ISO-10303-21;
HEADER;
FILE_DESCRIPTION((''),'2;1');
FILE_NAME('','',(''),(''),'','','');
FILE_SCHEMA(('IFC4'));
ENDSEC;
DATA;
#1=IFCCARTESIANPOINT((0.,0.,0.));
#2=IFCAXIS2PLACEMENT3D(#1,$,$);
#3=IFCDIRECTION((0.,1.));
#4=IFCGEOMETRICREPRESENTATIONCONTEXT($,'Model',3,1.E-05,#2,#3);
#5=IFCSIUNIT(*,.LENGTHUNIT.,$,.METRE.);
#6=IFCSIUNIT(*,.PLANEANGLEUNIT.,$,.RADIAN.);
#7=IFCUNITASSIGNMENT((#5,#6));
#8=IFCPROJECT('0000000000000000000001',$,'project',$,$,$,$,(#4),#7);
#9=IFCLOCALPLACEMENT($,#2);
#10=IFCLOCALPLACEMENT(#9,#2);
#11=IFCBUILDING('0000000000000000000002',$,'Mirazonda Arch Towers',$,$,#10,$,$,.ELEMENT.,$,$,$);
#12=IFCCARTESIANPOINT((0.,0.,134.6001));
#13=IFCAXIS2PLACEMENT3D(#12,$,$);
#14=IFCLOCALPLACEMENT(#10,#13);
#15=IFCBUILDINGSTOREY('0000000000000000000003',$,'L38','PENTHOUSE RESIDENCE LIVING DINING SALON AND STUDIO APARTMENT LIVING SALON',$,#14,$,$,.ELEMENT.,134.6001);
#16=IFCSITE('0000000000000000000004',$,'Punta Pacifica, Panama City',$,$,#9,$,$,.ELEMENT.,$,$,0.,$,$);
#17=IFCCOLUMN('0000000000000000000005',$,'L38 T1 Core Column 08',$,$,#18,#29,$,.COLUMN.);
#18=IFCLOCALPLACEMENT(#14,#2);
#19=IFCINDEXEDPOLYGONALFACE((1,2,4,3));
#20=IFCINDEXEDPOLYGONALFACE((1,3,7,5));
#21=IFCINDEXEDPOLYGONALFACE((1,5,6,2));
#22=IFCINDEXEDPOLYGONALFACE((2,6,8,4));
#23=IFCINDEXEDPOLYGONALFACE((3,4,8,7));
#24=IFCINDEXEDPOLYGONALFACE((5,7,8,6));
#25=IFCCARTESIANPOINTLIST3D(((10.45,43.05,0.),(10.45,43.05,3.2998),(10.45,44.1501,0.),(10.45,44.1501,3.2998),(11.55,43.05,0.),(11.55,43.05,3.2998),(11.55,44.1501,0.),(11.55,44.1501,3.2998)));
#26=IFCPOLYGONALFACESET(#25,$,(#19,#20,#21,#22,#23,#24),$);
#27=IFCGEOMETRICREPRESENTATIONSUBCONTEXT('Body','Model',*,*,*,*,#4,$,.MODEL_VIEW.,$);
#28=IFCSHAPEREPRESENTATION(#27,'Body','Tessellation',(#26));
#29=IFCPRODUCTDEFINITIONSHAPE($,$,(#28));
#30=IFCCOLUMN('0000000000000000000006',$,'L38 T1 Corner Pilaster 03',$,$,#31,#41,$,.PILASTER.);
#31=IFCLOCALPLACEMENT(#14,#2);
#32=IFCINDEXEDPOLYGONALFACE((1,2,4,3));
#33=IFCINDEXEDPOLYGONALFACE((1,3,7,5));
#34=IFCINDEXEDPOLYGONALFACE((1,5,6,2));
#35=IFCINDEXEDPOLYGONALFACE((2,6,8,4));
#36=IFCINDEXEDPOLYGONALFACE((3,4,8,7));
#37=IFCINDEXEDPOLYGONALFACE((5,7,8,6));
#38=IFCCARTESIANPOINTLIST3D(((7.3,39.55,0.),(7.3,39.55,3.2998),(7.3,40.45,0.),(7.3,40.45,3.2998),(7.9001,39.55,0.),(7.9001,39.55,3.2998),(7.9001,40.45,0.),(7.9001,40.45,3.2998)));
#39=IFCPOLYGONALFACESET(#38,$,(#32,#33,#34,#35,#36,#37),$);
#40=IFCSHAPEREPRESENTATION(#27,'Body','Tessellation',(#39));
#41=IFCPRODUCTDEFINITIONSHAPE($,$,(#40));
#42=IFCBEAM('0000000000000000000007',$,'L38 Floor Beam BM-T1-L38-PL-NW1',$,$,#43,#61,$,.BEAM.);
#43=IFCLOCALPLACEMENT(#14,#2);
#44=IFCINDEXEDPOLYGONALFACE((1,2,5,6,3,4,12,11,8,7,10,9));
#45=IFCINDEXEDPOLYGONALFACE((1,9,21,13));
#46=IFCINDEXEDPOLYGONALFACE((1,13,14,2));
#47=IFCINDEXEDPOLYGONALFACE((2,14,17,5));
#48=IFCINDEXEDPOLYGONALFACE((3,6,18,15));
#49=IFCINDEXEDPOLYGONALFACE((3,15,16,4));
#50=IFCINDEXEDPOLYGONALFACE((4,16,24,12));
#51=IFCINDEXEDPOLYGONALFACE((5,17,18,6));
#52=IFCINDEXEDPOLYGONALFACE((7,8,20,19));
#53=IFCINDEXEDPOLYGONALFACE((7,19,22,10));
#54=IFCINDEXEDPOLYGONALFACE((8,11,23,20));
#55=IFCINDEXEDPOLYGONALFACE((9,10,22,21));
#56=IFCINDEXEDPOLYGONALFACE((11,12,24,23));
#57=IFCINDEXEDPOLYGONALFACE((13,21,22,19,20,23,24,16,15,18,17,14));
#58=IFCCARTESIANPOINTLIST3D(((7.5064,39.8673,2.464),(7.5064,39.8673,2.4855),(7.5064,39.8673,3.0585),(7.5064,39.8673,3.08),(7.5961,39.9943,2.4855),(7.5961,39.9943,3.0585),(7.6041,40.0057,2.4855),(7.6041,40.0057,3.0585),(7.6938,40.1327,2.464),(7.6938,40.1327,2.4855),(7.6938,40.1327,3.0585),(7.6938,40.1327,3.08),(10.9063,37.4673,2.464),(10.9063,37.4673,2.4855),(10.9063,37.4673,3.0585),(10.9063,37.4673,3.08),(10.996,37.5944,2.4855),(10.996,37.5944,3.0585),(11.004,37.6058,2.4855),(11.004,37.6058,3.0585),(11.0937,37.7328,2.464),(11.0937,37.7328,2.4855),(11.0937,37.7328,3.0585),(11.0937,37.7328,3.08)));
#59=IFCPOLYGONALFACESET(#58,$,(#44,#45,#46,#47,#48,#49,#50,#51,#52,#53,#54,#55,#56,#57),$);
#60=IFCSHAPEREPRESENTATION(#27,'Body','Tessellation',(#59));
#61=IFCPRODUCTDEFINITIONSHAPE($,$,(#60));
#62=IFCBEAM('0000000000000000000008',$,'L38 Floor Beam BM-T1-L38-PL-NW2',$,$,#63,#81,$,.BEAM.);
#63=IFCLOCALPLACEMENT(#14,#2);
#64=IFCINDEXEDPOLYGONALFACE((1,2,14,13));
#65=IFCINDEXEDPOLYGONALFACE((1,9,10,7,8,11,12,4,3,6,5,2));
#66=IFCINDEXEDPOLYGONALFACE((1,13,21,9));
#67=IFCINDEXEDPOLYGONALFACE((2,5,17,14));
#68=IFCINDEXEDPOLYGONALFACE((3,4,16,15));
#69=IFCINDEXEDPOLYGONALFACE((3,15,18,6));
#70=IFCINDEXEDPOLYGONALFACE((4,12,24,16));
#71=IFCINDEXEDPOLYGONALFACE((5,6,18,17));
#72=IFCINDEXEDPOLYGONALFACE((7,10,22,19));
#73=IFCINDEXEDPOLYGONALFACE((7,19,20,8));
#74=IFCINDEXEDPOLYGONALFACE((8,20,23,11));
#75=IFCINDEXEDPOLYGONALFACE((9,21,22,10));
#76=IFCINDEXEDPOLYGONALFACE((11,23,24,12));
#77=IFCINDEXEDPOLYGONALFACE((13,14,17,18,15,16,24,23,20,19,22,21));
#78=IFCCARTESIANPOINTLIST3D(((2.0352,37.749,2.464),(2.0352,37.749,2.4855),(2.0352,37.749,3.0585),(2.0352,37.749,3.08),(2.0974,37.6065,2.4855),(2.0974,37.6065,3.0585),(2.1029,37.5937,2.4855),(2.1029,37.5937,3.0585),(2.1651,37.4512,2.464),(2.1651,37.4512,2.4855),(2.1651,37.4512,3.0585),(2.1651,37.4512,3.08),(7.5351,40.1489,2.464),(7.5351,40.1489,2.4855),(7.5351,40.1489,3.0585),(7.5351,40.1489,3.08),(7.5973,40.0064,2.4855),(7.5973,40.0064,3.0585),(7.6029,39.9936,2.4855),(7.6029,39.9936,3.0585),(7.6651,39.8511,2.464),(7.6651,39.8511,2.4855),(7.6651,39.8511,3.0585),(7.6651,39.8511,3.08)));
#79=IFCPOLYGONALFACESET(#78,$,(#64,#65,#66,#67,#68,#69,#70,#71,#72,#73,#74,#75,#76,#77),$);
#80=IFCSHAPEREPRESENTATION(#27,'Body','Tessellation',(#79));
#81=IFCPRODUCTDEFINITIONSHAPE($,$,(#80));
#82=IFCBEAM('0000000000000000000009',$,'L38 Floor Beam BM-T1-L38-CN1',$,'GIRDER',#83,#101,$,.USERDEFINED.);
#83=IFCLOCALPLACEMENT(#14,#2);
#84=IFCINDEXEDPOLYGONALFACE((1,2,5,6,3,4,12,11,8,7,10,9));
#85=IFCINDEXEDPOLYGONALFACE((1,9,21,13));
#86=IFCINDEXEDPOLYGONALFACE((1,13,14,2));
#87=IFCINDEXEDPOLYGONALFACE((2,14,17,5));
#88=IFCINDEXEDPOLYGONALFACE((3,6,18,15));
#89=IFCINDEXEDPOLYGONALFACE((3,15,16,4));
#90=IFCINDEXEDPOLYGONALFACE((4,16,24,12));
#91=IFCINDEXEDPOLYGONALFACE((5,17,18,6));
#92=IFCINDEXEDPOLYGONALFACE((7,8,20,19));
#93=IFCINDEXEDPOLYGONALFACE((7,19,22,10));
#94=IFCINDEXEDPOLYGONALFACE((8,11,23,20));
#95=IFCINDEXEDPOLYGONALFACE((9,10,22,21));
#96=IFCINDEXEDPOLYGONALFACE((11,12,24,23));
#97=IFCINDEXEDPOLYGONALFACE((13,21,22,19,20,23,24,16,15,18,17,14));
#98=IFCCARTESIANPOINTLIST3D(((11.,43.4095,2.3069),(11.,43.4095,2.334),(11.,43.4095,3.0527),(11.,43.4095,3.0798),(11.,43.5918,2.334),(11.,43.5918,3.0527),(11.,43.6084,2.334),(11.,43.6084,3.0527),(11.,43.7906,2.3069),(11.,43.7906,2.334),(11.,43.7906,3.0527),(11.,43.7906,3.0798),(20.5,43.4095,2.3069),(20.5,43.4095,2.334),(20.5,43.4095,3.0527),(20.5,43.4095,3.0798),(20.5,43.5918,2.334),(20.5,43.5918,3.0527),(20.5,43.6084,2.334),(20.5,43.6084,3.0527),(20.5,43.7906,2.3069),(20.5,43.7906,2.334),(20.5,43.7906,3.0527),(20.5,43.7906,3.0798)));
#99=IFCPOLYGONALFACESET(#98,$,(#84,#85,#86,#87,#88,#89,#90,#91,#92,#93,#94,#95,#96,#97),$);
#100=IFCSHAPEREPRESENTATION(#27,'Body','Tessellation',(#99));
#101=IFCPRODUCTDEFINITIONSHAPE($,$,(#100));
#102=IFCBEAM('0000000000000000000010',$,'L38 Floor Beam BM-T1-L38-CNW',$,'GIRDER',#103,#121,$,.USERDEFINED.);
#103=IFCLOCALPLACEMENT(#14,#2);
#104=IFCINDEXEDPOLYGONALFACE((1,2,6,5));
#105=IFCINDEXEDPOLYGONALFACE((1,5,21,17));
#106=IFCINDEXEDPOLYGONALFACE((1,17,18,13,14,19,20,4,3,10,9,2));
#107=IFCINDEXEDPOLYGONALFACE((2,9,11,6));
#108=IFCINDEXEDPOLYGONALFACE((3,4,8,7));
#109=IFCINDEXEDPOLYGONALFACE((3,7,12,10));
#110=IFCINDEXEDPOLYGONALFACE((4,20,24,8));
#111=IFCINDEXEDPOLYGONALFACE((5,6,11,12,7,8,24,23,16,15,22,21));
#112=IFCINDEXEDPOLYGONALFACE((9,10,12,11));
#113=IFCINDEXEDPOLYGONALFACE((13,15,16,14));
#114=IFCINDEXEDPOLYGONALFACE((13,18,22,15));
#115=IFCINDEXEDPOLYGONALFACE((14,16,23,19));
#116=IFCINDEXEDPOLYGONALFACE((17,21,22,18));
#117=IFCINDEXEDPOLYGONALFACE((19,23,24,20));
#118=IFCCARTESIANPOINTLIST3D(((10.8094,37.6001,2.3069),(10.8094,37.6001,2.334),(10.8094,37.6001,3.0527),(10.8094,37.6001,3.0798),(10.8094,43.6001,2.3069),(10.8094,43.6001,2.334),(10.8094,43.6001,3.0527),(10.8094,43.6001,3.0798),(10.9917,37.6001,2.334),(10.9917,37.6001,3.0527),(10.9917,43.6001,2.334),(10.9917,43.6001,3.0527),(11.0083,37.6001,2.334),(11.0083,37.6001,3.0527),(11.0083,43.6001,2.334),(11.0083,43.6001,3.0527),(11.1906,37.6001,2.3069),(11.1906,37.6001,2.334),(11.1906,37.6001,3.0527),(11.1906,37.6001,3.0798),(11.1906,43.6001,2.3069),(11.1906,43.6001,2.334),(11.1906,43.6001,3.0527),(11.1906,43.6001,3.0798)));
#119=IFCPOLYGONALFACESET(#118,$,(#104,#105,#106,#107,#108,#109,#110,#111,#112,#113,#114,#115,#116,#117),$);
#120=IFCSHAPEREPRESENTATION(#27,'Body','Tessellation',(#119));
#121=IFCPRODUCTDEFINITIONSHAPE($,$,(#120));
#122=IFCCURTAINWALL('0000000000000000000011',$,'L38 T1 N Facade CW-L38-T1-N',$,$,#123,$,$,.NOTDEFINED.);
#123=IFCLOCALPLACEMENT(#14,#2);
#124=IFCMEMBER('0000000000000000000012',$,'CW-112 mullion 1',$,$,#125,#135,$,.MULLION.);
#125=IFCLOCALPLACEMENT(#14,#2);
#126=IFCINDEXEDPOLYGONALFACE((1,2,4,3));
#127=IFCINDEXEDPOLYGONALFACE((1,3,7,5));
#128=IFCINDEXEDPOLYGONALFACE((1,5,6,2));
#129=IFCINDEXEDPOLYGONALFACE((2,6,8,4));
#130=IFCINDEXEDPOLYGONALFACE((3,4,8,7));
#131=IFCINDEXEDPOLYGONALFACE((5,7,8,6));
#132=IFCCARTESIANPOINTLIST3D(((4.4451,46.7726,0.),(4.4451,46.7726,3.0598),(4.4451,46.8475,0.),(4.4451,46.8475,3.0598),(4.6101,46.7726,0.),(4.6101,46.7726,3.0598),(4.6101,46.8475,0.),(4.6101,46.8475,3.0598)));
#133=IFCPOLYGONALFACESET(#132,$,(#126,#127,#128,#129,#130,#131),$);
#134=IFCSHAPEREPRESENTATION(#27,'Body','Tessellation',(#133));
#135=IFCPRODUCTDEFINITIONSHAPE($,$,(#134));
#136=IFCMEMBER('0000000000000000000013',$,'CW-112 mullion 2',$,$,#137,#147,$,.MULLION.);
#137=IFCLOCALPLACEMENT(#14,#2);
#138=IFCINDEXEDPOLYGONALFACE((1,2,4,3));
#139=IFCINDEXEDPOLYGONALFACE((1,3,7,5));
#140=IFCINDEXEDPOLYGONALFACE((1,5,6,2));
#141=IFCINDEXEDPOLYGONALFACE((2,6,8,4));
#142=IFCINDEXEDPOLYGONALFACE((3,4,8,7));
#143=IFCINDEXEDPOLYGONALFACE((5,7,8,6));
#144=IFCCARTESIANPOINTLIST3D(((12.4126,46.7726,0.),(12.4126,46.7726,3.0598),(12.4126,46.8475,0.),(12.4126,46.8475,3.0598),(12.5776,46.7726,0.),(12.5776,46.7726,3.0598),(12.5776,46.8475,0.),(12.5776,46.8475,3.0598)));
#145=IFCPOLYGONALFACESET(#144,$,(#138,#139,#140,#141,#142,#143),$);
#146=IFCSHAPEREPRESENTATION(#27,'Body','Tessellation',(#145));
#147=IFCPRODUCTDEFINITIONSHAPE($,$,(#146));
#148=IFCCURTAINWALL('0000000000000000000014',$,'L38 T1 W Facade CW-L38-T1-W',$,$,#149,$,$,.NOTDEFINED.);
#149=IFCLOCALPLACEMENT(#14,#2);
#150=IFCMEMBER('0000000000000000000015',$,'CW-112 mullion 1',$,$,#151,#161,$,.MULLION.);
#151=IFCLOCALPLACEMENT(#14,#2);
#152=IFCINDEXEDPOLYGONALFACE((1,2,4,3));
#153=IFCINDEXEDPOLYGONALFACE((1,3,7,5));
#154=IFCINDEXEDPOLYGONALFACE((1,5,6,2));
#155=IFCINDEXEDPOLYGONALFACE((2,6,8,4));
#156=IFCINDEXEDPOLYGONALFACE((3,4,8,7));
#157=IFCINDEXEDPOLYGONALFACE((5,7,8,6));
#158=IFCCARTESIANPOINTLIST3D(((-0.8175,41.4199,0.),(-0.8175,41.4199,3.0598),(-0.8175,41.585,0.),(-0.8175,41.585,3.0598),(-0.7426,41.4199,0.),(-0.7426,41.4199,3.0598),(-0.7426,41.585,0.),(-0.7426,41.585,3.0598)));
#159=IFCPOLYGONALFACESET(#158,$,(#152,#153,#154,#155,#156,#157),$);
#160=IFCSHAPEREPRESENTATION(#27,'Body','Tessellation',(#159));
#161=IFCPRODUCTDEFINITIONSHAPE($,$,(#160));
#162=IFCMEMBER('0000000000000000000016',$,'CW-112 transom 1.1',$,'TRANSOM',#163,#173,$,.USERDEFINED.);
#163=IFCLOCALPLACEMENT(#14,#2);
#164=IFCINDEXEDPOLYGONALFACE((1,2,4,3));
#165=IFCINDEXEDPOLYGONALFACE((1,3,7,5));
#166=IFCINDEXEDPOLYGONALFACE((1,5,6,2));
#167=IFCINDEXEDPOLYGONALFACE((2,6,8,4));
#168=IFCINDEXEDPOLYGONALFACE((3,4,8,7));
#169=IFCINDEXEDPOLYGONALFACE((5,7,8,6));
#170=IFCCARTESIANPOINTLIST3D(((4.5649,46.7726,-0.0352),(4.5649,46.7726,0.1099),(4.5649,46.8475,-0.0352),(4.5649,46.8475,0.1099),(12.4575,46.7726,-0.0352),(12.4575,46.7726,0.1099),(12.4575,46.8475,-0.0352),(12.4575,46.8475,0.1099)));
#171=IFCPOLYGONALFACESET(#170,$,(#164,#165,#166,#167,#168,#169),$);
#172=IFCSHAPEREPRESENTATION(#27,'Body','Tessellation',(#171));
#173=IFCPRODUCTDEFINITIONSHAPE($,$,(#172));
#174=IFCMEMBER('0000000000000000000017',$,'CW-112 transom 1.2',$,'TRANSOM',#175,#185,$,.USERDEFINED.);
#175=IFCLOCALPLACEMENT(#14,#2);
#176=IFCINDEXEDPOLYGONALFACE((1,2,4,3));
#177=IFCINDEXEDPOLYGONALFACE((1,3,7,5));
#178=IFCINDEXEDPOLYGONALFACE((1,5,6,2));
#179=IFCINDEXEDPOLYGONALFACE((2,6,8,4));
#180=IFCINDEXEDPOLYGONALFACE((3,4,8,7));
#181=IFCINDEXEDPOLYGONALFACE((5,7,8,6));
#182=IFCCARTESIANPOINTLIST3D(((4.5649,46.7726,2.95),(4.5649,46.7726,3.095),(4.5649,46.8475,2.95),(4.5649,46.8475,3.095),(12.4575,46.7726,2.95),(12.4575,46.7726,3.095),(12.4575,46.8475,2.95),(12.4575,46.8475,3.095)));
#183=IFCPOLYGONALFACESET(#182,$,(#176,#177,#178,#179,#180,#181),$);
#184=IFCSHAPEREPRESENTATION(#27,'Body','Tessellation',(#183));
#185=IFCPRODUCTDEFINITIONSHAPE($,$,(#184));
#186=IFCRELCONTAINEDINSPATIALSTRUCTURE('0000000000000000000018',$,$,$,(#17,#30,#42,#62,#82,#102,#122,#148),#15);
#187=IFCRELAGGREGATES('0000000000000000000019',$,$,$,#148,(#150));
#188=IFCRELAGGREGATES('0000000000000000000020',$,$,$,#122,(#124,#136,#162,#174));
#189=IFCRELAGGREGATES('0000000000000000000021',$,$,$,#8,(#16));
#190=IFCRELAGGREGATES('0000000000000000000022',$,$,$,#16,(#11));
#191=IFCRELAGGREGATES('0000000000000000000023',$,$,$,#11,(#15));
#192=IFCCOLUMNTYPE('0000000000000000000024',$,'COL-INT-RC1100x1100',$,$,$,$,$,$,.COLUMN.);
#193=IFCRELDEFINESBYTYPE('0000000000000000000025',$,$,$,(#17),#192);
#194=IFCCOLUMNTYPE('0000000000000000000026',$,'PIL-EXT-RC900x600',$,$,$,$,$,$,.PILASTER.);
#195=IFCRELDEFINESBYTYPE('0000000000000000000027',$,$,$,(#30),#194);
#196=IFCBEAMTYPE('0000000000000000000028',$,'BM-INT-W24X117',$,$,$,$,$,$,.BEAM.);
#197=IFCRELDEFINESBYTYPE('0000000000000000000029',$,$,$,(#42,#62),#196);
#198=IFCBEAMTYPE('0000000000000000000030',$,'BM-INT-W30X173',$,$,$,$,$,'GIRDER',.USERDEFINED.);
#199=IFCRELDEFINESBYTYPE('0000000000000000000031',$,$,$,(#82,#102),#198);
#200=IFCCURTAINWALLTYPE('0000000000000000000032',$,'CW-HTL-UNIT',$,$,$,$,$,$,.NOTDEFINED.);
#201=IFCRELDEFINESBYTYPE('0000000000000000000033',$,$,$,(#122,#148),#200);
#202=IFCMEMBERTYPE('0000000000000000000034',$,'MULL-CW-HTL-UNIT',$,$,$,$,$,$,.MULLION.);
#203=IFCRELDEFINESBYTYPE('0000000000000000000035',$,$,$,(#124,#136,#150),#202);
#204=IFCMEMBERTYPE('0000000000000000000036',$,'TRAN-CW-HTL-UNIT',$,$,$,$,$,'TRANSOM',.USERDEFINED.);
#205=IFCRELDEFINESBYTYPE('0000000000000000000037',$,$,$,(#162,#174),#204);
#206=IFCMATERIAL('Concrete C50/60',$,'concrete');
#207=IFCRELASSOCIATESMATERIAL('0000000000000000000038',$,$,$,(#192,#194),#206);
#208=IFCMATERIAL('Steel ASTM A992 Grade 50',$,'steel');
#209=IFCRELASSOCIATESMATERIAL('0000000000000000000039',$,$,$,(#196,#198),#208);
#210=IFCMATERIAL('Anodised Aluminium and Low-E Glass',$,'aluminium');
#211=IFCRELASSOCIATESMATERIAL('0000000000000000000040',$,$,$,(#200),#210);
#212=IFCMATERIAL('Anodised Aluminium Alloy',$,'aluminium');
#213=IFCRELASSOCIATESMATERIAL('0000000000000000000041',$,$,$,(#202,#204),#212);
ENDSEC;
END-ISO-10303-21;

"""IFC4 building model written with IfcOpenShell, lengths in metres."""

from ifc_helpers import new_model, si_unit, direction, frame, origin, origin_2d, place, context, subcontext, project, spatial, rectangle, i_section, extrude, material, material_profile, profile_set, type_object, element, aggregate, save


model = new_model("IFC4")

# Units and contexts
model_context = context("Model", 3, precision=1e-05, world=origin(), true_north=direction((0.0, 1.0)))
body_context = subcontext(model_context, "Body", "Model", "MODEL_VIEW")
ifc_project = project(units=[si_unit("LENGTHUNIT", "METRE"), si_unit("PLANEANGLEUNIT", "RADIAN")], contexts=[model_context])

# Site, building, storey
site_placement = place(None, origin())
site = spatial("IfcSite", under=ifc_project, at=site_placement, Name="Punta Pacifica, Panama City", CompositionType="ELEMENT", RefElevation=0.0)
building_placement = place(site_placement, origin())
building = spatial("IfcBuilding", under=site, at=building_placement, Name="Mirazonda Arch Towers", CompositionType="ELEMENT")
storey_placement = place(building_placement, frame((0.0, 0.0, 134.6001)))
storey = spatial("IfcBuildingStorey", under=building, at=storey_placement, Name="L38", Description="PENTHOUSE RESIDENCE LIVING DINING SALON AND STUDIO APARTMENT LIVING SALON", CompositionType="ELEMENT", Elevation=134.6001)

# Columns
ifc_material_1 = material(Name="Concrete C50/60", Category="concrete")
ifc_material_profile_1 = material_profile(ifc_material_1, rectangle(XDim=1.1001, YDim=1.1001, at=origin_2d()), Name="RC1100x1100")
ifc_profile_set_1 = profile_set([ifc_material_profile_1], Name="Concrete C50/60")
column_type_1 = type_object("IfcColumnType", Name="COL-INT-RC1100x1100", PredefinedType="COLUMN", material=ifc_profile_set_1)
column_1_placement = place(storey_placement, frame((11.0, 43.6001, 0.0), z_axis=(0.0, 0.0, 1.0), x_axis=(1.0, 0.0, 0.0)))
element("IfcColumn", 1, at=column_1_placement, inside=storey, type_object=column_type_1, Name="L38 T1 Core Column 08", PredefinedType="COLUMN", context=body_context, shape_type="SweptSolid", body=[
    extrude(rectangle(XDim=1.1001, YDim=1.1001, at=origin_2d()), origin(), (0.0, 0.0, 1.0), 3.2998),
])
ifc_material_profile_2 = material_profile(ifc_material_1, rectangle(XDim=0.6001, YDim=0.8999, at=origin_2d()), Name="RC900x600")
ifc_profile_set_2 = profile_set([ifc_material_profile_2], Name="Concrete C50/60")
column_type_2 = type_object("IfcColumnType", Name="PIL-EXT-RC900x600", PredefinedType="PILASTER", material=ifc_profile_set_2)
column_2_placement = place(storey_placement, frame((7.6001, 40.0, 0.0), z_axis=(0.0, 0.0, 1.0), x_axis=(1.0, 0.0, 0.0)))
element("IfcColumn", 2, at=column_2_placement, inside=storey, type_object=column_type_2, Name="L38 T1 Corner Pilaster 03", PredefinedType="PILASTER", context=body_context, shape_type="SweptSolid", body=[
    extrude(rectangle(XDim=0.6001, YDim=0.8999, at=origin_2d()), origin(), (0.0, 0.0, 1.0), 3.2998),
])

# Beams
ifc_material_2 = material(Name="Steel ASTM A992 Grade 50", Category="steel")
ifc_material_profile_3 = material_profile(ifc_material_2, i_section(OverallWidth=0.325, OverallDepth=0.616, WebThickness=0.0139, FlangeThickness=0.0215, at=origin_2d()), Name="W24X117")
ifc_profile_set_3 = profile_set([ifc_material_profile_3], Name="Steel ASTM A992 Grade 50")
beam_type_1 = type_object("IfcBeamType", Name="BM-INT-W24X117", PredefinedType="BEAM", material=ifc_profile_set_3)
beam_1_placement = place(storey_placement, frame((7.6001, 40.0, 2.772), z_axis=(0.816971, -0.576679, 0.0), x_axis=(0.576679, 0.816971, 0.0)))
element("IfcBeam", 3, at=beam_1_placement, inside=storey, type_object=beam_type_1, Name="L38 Floor Beam BM-T1-L38-PL-NW1", PredefinedType="BEAM", context=body_context, shape_type="SweptSolid", body=[
    extrude(i_section(OverallWidth=0.325, OverallDepth=0.616, WebThickness=0.0139, FlangeThickness=0.0215, at=origin_2d()), origin(), (0.0, 0.0, 1.0), 4.1616),
])
beam_2_placement = place(storey_placement, frame((7.6001, 40.0, 2.772), z_axis=(-0.916545, -0.399931, 0.0), x_axis=(0.399931, -0.916545, 0.0)))
element("IfcBeam", 4, at=beam_2_placement, inside=storey, type_object=beam_type_1, Name="L38 Floor Beam BM-T1-L38-PL-NW2", PredefinedType="BEAM", context=body_context, shape_type="SweptSolid", body=[
    extrude(i_section(OverallWidth=0.325, OverallDepth=0.616, WebThickness=0.0139, FlangeThickness=0.0215, at=origin_2d()), origin(), (0.0, 0.0, 1.0), 6.0007),
])
ifc_material_profile_4 = material_profile(ifc_material_2, i_section(OverallWidth=0.3811, OverallDepth=0.7729, WebThickness=0.0166, FlangeThickness=0.0271, at=origin_2d()), Name="W30X173")
ifc_profile_set_4 = profile_set([ifc_material_profile_4], Name="Steel ASTM A992 Grade 50")
beam_type_2 = type_object("IfcBeamType", Name="BM-INT-W30X173", ElementType="GIRDER", PredefinedType="USERDEFINED", material=ifc_profile_set_4)
beam_3_placement = place(storey_placement, frame((11.0, 43.6001, 2.6934), z_axis=(1.0, 0.0, 0.0), x_axis=(0.0, 1.0, 0.0)))
element("IfcBeam", 5, at=beam_3_placement, inside=storey, type_object=beam_type_2, Name="L38 Floor Beam BM-T1-L38-CN1", ObjectType="GIRDER", PredefinedType="USERDEFINED", context=body_context, shape_type="SweptSolid", body=[
    extrude(i_section(OverallWidth=0.3811, OverallDepth=0.7729, WebThickness=0.0166, FlangeThickness=0.0271, at=origin_2d()), origin(), (0.0, 0.0, 1.0), 9.5),
])
beam_4_placement = place(storey_placement, frame((11.0, 37.6001, 2.6934), z_axis=(0.0, 1.0, 0.0), x_axis=(-1.0, 0.0, 0.0)))
element("IfcBeam", 6, at=beam_4_placement, inside=storey, type_object=beam_type_2, Name="L38 Floor Beam BM-T1-L38-CNW", ObjectType="GIRDER", PredefinedType="USERDEFINED", context=body_context, shape_type="SweptSolid", body=[
    extrude(i_section(OverallWidth=0.3811, OverallDepth=0.7729, WebThickness=0.0166, FlangeThickness=0.0271, at=origin_2d()), origin(), (0.0, 0.0, 1.0), 6.0),
])

# Curtain wall, members
ifc_material_3 = material(Name="Anodised Aluminium and Low-E Glass", Category="aluminium")
curtain_wall_type = type_object("IfcCurtainWallType", Name="CW-HTL-UNIT", PredefinedType="NOTDEFINED", material=ifc_material_3)
curtain_wall_1_placement = place(storey_placement, origin())
curtain_wall_1 = element("IfcCurtainWall", 7, at=curtain_wall_1_placement, inside=storey, type_object=curtain_wall_type, Name="L38 T1 N Facade CW-L38-T1-N", PredefinedType="NOTDEFINED")
ifc_material_4 = material(Name="Anodised Aluminium Alloy", Category="aluminium")
ifc_material_profile_5 = material_profile(ifc_material_4, rectangle(XDim=0.075, YDim=0.165, at=origin_2d()), Name="ALU-MULL-75x165")
ifc_profile_set_5 = profile_set([ifc_material_profile_5], Name="Anodised Aluminium Alloy")
member_type_1 = type_object("IfcMemberType", Name="MULL-CW-HTL-UNIT", PredefinedType="MULLION", material=ifc_profile_set_5)
member_1_placement = place(storey_placement, frame((4.5276, 46.8101, 0.0), z_axis=(0.0, 0.0, 1.0), x_axis=(0.0, 1.0, 0.0)))
member_1 = element("IfcMember", 8, at=member_1_placement, type_object=member_type_1, Name="CW-112 mullion 1", PredefinedType="MULLION", context=body_context, shape_type="SweptSolid", body=[
    extrude(rectangle(XDim=0.075, YDim=0.165, at=origin_2d()), origin(), (0.0, 0.0, 1.0), 3.0598),
])
member_2_placement = place(storey_placement, frame((12.4951, 46.8101, 0.0), z_axis=(0.0, 0.0, 1.0), x_axis=(0.0, 1.0, 0.0)))
member_2 = element("IfcMember", 9, at=member_2_placement, type_object=member_type_1, Name="CW-112 mullion 2", PredefinedType="MULLION", context=body_context, shape_type="SweptSolid", body=[
    extrude(rectangle(XDim=0.075, YDim=0.165, at=origin_2d()), origin(), (0.0, 0.0, 1.0), 3.0598),
])

# Curtain wall, member
curtain_wall_2_placement = place(storey_placement, origin())
curtain_wall_2 = element("IfcCurtainWall", 10, at=curtain_wall_2_placement, inside=storey, type_object=curtain_wall_type, Name="L38 T1 W Facade CW-L38-T1-W", PredefinedType="NOTDEFINED")
member_3_placement = place(storey_placement, frame((-0.78, 41.5024, 0.0), z_axis=(0.0, 0.0, 1.0), x_axis=(1.0, 0.0, 0.0)))
member_3 = element("IfcMember", 11, at=member_3_placement, type_object=member_type_1, Name="CW-112 mullion 1", PredefinedType="MULLION", context=body_context, shape_type="SweptSolid", body=[
    extrude(rectangle(XDim=0.075, YDim=0.165, at=origin_2d()), origin(), (0.0, 0.0, 1.0), 3.0598),
])

# Members
ifc_material_profile_6 = material_profile(ifc_material_4, rectangle(XDim=0.075, YDim=0.145, at=origin_2d()), Name="ALU-TRAN-75x145")
ifc_profile_set_6 = profile_set([ifc_material_profile_6], Name="Anodised Aluminium Alloy")
member_type_2 = type_object("IfcMemberType", Name="TRAN-CW-HTL-UNIT", ElementType="TRANSOM", PredefinedType="USERDEFINED", material=ifc_profile_set_6)
member_4_placement = place(storey_placement, frame((4.5649, 46.8101, 0.0374), z_axis=(1.0, 0.0, 0.0), x_axis=(0.0, 1.0, 0.0)))
member_4 = element("IfcMember", 12, at=member_4_placement, type_object=member_type_2, Name="CW-112 transom 1.1", ObjectType="TRANSOM", PredefinedType="USERDEFINED", context=body_context, shape_type="SweptSolid", body=[
    extrude(rectangle(XDim=0.075, YDim=0.145, at=origin_2d()), origin(), (0.0, 0.0, 1.0), 7.8926),
])
member_5_placement = place(storey_placement, frame((4.5649, 46.8101, 3.0225), z_axis=(1.0, 0.0, 0.0), x_axis=(0.0, 1.0, 0.0)))
member_5 = element("IfcMember", 13, at=member_5_placement, type_object=member_type_2, Name="CW-112 transom 1.2", ObjectType="TRANSOM", PredefinedType="USERDEFINED", context=body_context, shape_type="SweptSolid", body=[
    extrude(rectangle(XDim=0.075, YDim=0.145, at=origin_2d()), origin(), (0.0, 0.0, 1.0), 7.8926),
])
aggregate(curtain_wall_2, [member_3])

aggregate(curtain_wall_1, [member_1, member_2, member_4, member_5])

save(model, "model.ifc")
